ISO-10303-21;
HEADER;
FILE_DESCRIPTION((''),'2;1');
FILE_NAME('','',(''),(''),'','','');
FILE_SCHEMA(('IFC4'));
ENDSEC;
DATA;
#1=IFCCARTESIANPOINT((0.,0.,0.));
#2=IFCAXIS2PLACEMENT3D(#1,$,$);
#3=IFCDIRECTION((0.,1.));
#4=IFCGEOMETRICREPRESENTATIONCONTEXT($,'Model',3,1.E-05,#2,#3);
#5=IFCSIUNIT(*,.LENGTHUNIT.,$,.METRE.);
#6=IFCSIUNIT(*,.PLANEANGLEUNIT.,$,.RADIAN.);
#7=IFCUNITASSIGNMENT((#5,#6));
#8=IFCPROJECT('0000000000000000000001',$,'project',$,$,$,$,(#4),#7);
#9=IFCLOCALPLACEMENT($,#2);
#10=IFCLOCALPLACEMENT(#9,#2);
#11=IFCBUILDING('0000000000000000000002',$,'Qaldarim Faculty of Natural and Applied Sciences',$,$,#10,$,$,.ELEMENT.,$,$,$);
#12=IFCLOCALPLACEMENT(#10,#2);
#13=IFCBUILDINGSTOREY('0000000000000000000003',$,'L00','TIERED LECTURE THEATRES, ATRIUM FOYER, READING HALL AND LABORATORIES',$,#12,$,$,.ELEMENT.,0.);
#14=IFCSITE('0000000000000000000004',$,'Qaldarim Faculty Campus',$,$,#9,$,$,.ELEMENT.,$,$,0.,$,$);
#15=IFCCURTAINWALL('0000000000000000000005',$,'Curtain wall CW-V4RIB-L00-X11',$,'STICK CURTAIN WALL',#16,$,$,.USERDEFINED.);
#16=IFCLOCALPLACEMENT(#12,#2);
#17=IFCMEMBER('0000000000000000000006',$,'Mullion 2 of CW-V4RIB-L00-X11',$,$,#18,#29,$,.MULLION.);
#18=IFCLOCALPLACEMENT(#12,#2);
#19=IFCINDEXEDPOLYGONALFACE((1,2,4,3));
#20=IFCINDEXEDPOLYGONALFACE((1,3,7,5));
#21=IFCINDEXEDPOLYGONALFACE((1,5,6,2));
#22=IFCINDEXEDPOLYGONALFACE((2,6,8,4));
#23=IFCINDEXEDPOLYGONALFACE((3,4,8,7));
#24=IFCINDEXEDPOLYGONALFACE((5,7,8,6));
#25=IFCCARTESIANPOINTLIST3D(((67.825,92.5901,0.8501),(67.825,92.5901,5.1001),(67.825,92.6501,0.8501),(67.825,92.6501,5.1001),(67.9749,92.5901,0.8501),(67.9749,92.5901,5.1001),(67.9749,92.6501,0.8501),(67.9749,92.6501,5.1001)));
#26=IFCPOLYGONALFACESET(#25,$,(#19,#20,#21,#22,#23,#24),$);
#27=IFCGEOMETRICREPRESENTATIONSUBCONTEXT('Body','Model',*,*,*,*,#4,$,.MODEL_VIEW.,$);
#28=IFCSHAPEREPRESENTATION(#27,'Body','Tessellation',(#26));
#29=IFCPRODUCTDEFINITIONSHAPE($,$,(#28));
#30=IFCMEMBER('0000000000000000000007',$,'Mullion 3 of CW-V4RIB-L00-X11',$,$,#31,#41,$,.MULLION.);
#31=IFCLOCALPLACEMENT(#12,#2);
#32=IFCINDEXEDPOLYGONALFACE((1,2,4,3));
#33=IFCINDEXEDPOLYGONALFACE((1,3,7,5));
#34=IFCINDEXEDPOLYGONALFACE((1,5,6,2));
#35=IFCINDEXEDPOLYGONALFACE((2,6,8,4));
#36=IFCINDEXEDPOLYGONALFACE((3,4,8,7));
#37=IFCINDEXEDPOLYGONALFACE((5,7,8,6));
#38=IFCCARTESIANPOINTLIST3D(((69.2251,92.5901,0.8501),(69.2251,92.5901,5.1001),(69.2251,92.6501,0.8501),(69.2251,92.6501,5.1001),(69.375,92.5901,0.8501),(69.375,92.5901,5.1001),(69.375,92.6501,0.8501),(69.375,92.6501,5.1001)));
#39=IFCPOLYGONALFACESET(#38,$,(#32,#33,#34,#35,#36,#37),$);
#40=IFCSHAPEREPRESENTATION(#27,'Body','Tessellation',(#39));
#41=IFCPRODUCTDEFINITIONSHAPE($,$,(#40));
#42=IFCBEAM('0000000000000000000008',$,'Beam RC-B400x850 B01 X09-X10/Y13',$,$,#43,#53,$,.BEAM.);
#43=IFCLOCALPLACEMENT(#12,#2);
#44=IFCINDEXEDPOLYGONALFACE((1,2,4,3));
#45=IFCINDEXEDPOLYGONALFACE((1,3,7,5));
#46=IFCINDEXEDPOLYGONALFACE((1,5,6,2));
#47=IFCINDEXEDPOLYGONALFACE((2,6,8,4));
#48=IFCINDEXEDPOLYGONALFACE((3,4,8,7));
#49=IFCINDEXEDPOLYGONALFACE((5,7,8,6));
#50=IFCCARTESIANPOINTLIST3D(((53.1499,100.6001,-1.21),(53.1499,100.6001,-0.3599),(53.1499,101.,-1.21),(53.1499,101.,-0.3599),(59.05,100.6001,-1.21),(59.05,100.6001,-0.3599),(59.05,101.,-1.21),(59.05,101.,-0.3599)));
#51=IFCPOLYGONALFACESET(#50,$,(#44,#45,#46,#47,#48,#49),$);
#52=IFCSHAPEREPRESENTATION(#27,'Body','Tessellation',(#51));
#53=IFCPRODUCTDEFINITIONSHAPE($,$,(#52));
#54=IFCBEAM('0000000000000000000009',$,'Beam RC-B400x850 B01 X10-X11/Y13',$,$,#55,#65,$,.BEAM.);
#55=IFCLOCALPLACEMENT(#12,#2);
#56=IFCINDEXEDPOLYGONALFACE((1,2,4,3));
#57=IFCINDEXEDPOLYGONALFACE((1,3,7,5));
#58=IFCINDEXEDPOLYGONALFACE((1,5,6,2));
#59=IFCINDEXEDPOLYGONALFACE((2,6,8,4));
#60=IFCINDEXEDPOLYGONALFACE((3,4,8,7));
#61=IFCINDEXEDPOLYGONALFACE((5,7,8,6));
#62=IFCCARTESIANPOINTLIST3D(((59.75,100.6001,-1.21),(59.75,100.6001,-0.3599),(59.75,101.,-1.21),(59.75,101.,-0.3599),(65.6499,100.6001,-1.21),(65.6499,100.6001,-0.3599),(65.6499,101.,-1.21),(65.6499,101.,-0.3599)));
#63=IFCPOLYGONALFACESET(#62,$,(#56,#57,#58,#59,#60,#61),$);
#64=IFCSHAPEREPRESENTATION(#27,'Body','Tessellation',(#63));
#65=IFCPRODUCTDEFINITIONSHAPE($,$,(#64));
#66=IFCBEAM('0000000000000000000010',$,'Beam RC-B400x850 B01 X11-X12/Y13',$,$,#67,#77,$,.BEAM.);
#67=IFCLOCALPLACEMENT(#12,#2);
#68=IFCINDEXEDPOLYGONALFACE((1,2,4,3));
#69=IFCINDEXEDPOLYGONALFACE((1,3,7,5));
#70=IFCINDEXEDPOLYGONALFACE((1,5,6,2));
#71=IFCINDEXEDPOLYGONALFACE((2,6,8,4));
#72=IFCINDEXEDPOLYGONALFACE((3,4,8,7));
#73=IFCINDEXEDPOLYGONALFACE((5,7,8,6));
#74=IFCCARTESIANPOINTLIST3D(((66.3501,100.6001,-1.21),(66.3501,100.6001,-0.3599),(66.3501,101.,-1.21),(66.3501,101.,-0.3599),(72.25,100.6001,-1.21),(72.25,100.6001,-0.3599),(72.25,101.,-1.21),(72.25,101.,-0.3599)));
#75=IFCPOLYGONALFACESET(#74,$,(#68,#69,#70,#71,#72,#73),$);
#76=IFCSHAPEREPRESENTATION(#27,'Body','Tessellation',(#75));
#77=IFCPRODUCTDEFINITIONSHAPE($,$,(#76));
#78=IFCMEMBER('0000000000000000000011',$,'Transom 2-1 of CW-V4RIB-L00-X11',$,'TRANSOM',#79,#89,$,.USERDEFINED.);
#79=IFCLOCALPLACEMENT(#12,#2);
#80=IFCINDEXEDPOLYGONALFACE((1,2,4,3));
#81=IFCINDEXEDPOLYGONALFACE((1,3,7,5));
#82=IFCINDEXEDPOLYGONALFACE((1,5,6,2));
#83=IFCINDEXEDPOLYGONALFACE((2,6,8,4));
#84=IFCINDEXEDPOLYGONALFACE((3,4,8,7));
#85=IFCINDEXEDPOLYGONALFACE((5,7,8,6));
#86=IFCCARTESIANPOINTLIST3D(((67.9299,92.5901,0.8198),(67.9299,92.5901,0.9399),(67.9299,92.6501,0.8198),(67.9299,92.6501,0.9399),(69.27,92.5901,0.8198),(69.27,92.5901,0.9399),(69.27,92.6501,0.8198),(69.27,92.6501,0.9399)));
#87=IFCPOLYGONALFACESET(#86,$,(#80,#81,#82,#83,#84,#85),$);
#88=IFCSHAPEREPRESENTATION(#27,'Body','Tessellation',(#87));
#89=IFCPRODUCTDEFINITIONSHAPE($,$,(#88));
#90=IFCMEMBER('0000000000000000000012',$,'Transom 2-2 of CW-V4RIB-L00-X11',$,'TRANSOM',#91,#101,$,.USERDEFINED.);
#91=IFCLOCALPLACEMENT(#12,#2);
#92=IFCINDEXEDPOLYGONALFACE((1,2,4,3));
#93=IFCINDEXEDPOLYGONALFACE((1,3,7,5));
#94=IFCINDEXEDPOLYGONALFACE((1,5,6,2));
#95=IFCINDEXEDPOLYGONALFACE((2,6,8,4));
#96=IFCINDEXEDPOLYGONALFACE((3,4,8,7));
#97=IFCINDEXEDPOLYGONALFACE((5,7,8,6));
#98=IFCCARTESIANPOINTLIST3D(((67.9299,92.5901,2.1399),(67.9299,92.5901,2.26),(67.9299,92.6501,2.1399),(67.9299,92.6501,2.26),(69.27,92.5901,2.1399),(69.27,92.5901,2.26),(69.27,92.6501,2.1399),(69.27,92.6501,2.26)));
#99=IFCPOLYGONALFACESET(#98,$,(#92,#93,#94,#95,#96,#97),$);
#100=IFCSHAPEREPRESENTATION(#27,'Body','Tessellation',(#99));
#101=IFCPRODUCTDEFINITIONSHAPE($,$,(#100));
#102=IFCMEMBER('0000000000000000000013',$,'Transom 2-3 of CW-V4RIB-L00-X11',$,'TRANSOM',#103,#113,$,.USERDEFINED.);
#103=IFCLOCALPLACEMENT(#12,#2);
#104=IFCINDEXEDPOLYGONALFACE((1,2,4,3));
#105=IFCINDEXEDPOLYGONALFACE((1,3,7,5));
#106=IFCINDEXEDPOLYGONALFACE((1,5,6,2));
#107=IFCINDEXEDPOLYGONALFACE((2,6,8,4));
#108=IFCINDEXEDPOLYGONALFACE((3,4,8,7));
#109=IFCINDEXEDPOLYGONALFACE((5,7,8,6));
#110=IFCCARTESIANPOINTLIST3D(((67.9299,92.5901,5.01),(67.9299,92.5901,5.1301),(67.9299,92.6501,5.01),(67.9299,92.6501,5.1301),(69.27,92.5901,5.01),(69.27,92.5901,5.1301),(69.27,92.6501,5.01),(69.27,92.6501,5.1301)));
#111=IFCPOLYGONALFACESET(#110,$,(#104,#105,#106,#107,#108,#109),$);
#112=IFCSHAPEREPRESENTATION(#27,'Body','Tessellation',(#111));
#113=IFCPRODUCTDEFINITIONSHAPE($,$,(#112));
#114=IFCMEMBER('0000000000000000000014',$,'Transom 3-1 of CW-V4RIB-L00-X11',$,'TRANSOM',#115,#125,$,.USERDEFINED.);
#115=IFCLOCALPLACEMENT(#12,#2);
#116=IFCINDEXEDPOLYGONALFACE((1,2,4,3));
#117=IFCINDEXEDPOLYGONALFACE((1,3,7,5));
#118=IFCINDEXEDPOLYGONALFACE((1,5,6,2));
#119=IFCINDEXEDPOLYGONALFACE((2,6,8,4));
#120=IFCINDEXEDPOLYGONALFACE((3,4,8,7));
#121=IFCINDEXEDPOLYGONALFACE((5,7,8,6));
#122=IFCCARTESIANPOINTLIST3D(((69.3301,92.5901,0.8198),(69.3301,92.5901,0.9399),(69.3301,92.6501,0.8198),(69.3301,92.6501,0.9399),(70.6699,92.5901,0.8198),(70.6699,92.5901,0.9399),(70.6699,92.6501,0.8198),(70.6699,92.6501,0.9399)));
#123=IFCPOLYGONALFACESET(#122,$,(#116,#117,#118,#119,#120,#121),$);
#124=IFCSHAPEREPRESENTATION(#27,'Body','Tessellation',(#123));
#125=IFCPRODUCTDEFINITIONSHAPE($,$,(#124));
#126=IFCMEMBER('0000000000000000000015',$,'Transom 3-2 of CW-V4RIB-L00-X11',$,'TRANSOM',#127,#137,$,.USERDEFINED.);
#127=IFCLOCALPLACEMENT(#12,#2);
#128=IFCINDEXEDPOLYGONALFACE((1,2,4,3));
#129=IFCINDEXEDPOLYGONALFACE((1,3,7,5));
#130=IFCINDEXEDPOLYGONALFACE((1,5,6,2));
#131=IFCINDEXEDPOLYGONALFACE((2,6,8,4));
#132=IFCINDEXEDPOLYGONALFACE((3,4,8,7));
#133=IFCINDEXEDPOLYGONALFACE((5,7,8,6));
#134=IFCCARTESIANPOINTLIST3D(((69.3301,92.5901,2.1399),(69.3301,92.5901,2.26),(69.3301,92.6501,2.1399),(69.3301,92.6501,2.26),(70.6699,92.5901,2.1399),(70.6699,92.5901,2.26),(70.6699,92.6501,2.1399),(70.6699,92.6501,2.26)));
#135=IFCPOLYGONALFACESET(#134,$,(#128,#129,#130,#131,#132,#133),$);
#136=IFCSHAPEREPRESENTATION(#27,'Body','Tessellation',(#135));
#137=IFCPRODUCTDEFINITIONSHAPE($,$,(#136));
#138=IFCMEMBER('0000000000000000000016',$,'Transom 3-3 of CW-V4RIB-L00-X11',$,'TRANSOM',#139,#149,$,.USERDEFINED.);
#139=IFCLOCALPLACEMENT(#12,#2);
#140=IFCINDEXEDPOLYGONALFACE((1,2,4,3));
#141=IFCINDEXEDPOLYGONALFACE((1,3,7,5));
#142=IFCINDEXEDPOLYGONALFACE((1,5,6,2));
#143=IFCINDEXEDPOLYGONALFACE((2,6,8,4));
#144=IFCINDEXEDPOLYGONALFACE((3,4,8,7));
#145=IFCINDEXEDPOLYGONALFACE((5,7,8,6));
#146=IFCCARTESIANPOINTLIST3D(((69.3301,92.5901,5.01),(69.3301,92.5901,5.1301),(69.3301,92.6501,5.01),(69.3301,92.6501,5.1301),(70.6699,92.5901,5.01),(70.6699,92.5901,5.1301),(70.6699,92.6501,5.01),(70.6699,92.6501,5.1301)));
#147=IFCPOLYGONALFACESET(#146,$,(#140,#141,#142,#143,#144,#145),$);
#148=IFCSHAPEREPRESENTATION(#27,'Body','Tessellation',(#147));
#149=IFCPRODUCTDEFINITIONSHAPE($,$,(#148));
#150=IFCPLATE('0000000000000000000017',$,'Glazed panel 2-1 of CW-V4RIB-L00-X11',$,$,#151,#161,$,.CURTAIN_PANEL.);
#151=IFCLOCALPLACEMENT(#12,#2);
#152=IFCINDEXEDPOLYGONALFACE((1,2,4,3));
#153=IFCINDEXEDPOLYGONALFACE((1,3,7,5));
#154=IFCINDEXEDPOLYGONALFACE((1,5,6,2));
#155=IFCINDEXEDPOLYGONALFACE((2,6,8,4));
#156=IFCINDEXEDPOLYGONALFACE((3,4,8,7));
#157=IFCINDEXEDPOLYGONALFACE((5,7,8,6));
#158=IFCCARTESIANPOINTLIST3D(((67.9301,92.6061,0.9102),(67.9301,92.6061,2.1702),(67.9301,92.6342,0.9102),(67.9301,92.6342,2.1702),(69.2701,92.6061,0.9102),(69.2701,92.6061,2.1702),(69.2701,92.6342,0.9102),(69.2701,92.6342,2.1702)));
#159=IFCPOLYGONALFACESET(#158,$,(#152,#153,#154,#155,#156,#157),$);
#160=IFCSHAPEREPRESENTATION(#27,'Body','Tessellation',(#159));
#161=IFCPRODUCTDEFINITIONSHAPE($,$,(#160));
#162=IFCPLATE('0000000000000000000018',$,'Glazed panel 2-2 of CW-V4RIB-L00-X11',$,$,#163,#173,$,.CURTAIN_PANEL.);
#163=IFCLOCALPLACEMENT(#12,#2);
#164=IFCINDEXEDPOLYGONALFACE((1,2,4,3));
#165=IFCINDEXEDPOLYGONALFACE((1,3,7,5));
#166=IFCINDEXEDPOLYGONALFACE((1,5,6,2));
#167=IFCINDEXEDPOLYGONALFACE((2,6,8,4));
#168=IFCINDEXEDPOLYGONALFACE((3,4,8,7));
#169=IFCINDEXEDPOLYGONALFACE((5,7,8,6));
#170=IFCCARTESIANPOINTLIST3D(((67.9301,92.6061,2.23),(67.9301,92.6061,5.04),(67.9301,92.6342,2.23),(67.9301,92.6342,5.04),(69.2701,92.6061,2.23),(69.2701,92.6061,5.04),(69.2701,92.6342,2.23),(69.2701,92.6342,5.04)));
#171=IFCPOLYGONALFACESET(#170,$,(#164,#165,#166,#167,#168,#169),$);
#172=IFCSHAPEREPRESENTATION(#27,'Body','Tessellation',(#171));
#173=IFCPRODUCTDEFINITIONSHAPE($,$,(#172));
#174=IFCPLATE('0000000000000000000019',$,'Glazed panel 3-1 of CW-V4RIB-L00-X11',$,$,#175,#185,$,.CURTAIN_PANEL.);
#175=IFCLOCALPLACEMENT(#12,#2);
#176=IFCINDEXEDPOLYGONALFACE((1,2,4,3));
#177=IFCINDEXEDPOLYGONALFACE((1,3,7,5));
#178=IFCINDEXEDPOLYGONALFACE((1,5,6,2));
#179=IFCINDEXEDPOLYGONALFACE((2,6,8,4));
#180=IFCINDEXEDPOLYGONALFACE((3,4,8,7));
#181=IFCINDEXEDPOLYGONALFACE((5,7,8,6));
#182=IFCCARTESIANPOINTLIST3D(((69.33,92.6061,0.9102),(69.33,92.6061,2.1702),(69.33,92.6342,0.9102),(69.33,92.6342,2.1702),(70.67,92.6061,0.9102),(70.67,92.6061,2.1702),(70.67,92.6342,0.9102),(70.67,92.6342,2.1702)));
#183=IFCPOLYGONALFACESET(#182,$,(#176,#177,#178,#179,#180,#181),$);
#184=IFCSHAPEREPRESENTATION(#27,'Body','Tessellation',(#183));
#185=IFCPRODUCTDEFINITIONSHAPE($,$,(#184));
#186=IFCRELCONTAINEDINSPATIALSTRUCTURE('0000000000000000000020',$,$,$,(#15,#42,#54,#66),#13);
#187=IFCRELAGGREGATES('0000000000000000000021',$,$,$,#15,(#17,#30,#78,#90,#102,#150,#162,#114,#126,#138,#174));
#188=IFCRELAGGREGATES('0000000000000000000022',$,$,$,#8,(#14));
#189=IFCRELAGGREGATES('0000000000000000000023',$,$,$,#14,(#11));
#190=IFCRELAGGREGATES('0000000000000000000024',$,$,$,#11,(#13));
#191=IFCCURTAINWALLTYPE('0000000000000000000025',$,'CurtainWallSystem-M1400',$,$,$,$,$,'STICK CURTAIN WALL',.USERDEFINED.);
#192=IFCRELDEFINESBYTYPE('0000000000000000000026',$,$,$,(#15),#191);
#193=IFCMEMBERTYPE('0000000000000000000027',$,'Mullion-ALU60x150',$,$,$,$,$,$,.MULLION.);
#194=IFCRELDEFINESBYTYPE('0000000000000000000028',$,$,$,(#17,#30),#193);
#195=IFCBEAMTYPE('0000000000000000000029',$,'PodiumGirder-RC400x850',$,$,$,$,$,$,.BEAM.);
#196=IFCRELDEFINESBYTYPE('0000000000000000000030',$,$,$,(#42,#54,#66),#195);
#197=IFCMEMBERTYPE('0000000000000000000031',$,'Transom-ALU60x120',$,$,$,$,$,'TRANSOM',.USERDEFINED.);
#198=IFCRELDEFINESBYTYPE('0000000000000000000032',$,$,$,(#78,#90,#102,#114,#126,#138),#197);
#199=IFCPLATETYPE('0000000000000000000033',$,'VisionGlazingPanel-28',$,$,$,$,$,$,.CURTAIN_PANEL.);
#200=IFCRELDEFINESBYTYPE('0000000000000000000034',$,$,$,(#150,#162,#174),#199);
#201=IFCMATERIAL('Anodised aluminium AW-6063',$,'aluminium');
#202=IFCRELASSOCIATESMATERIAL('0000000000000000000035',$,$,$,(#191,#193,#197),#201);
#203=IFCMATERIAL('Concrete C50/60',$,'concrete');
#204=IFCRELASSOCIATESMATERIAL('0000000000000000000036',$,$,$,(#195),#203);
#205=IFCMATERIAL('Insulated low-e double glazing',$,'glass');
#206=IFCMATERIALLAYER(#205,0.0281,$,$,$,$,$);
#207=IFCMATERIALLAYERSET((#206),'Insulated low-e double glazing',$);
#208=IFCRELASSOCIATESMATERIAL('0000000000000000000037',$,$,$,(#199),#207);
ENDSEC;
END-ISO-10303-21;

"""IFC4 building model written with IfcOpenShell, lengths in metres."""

from ifc_helpers import new_model, si_unit, direction, frame, origin, origin_2d, place, context, subcontext, project, spatial, rectangle, extrude, material, layer, layer_set, material_profile, profile_set, type_object, element, aggregate, save


model = new_model("IFC4")

# Units and contexts
model_context = context("Model", 3, precision=1e-05, world=origin(), true_north=direction((0.0, 1.0)))
body_context = subcontext(model_context, "Body", "Model", "MODEL_VIEW")
ifc_project = project(units=[si_unit("LENGTHUNIT", "METRE"), si_unit("PLANEANGLEUNIT", "RADIAN")], contexts=[model_context])

# Site, building, storey
site_placement = place(None, origin())
site = spatial("IfcSite", under=ifc_project, at=site_placement, Name="Qaldarim Faculty Campus", CompositionType="ELEMENT", RefElevation=0.0)
building_placement = place(site_placement, origin())
building = spatial("IfcBuilding", under=site, at=building_placement, Name="Qaldarim Faculty of Natural and Applied Sciences", CompositionType="ELEMENT")
storey_placement = place(building_placement, origin())
storey = spatial("IfcBuildingStorey", under=building, at=storey_placement, Name="L00", Description="TIERED LECTURE THEATRES, ATRIUM FOYER, READING HALL AND LABORATORIES", CompositionType="ELEMENT", Elevation=0.0)

# Shared definitions
ifc_material_1 = material(Name="Concrete C50/60", Category="concrete")

# Curtain wall, members
ifc_material_2 = material(Name="Anodised aluminium AW-6063", Category="aluminium")
curtain_wall_type = type_object("IfcCurtainWallType", Name="CurtainWallSystem-M1400", ElementType="STICK CURTAIN WALL", PredefinedType="USERDEFINED", material=ifc_material_2)
curtain_wall_placement = place(storey_placement, origin())
curtain_wall = element("IfcCurtainWall", 1, at=curtain_wall_placement, inside=storey, type_object=curtain_wall_type, Name="Curtain wall CW-V4RIB-L00-X11", ObjectType="STICK CURTAIN WALL", PredefinedType="USERDEFINED")
ifc_material_profile_1 = material_profile(ifc_material_2, rectangle(XDim=0.0601, YDim=0.1499, at=origin_2d()), Name="ALU-M60x150")
ifc_profile_set_1 = profile_set([ifc_material_profile_1], Name="Anodised aluminium AW-6063")
member_type_1 = type_object("IfcMemberType", Name="Mullion-ALU60x150", PredefinedType="MULLION", material=ifc_profile_set_1)
member_1_placement = place(storey_placement, frame((67.8999, 92.6201, 0.8501), z_axis=(0.0, 0.0, 1.0), x_axis=(0.0, 1.0, 0.0)))
member_1 = element("IfcMember", 2, at=member_1_placement, type_object=member_type_1, Name="Mullion 2 of CW-V4RIB-L00-X11", PredefinedType="MULLION", context=body_context, shape_type="SweptSolid", body=[
    extrude(rectangle(XDim=0.0601, YDim=0.1499, at=origin_2d()), origin(), (0.0, 0.0, 1.0), 4.25),
])
member_2_placement = place(storey_placement, frame((69.3, 92.6201, 0.8501), z_axis=(0.0, 0.0, 1.0), x_axis=(0.0, 1.0, 0.0)))
member_2 = element("IfcMember", 3, at=member_2_placement, type_object=member_type_1, Name="Mullion 3 of CW-V4RIB-L00-X11", PredefinedType="MULLION", context=body_context, shape_type="SweptSolid", body=[
    extrude(rectangle(XDim=0.0601, YDim=0.1499, at=origin_2d()), origin(), (0.0, 0.0, 1.0), 4.25),
])

# Beams
ifc_material_profile_2 = material_profile(ifc_material_1, rectangle(XDim=0.3999, YDim=0.8501, at=origin_2d()), Name="RC-B400x850")
ifc_profile_set_2 = profile_set([ifc_material_profile_2], Name="Concrete C50/60")
beam_type_1 = type_object("IfcBeamType", Name="PodiumGirder-RC400x850", PredefinedType="BEAM", material=ifc_profile_set_2)
beam_1_placement = place(storey_placement, frame((53.1499, 100.8, -0.7849), z_axis=(1.0, 0.0, 0.0), x_axis=(0.0, 1.0, 0.0)))
element("IfcBeam", 4, at=beam_1_placement, inside=storey, type_object=beam_type_1, Name="Beam RC-B400x850 B01 X09-X10/Y13", PredefinedType="BEAM", context=body_context, shape_type="SweptSolid", body=[
    extrude(rectangle(XDim=0.3999, YDim=0.8501, at=origin_2d()), origin(), (0.0, 0.0, 1.0), 5.9001),
])
for number, where, z_axis, x_axis, name in (
    (5, (59.75, 100.8, -0.7849), (1.0, 0.0, 0.0), (0.0, 1.0, 0.0), "Beam RC-B400x850 B01 X10-X11/Y13"),
    (6, (66.3501, 100.8, -0.7849), (1.0, 0.0, 0.0), (0.0, 1.0, 0.0), "Beam RC-B400x850 B01 X11-X12/Y13"),
):
    element("IfcBeam", number, at=place(storey_placement, frame(where, z_axis=z_axis, x_axis=x_axis)), inside=storey, type_object=beam_type_1, Name=name, PredefinedType="BEAM", context=body_context, shape_type="SweptSolid", body=[
        extrude(rectangle(XDim=0.3999, YDim=0.8501, at=origin_2d()), origin(), (0.0, 0.0, 1.0), 5.8999),
    ])

# Members
ifc_material_profile_3 = material_profile(ifc_material_2, rectangle(XDim=0.0601, YDim=0.1201, at=origin_2d()), Name="ALU-T60x120")
ifc_profile_set_3 = profile_set([ifc_material_profile_3], Name="Anodised aluminium AW-6063")
member_type_2 = type_object("IfcMemberType", Name="Transom-ALU60x120", ElementType="TRANSOM", PredefinedType="USERDEFINED", material=ifc_profile_set_3)
member_3_placement = place(storey_placement, frame((67.9299, 92.6201, 0.8799), z_axis=(1.0, 0.0, 0.0), x_axis=(0.0, 1.0, 0.0)))
member_3 = element("IfcMember", 7, at=member_3_placement, type_object=member_type_2, Name="Transom 2-1 of CW-V4RIB-L00-X11", ObjectType="TRANSOM", PredefinedType="USERDEFINED", context=body_context, shape_type="SweptSolid", body=[
    extrude(rectangle(XDim=0.0601, YDim=0.1201, at=origin_2d()), origin(), (0.0, 0.0, 1.0), 1.3401),
])
member_4_placement = place(storey_placement, frame((67.9299, 92.6201, 2.2), z_axis=(1.0, 0.0, 0.0), x_axis=(0.0, 1.0, 0.0)))
member_4 = element("IfcMember", 8, at=member_4_placement, type_object=member_type_2, Name="Transom 2-2 of CW-V4RIB-L00-X11", ObjectType="TRANSOM", PredefinedType="USERDEFINED", context=body_context, shape_type="SweptSolid", body=[
    extrude(rectangle(XDim=0.0601, YDim=0.1201, at=origin_2d()), origin(), (0.0, 0.0, 1.0), 1.3401),
])
member_5_placement = place(storey_placement, frame((67.9299, 92.6201, 5.0701), z_axis=(1.0, 0.0, 0.0), x_axis=(0.0, 1.0, 0.0)))
member_5 = element("IfcMember", 9, at=member_5_placement, type_object=member_type_2, Name="Transom 2-3 of CW-V4RIB-L00-X11", ObjectType="TRANSOM", PredefinedType="USERDEFINED", context=body_context, shape_type="SweptSolid", body=[
    extrude(rectangle(XDim=0.0601, YDim=0.1201, at=origin_2d()), origin(), (0.0, 0.0, 1.0), 1.3401),
])
member_6_placement = place(storey_placement, frame((69.3301, 92.6201, 0.8799), z_axis=(1.0, 0.0, 0.0), x_axis=(0.0, 1.0, 0.0)))
member_6 = element("IfcMember", 10, at=member_6_placement, type_object=member_type_2, Name="Transom 3-1 of CW-V4RIB-L00-X11", ObjectType="TRANSOM", PredefinedType="USERDEFINED", context=body_context, shape_type="SweptSolid", body=[
    extrude(rectangle(XDim=0.0601, YDim=0.1201, at=origin_2d()), origin(), (0.0, 0.0, 1.0), 1.3398),
])
member_7_placement = place(storey_placement, frame((69.3301, 92.6201, 2.2), z_axis=(1.0, 0.0, 0.0), x_axis=(0.0, 1.0, 0.0)))
member_7 = element("IfcMember", 11, at=member_7_placement, type_object=member_type_2, Name="Transom 3-2 of CW-V4RIB-L00-X11", ObjectType="TRANSOM", PredefinedType="USERDEFINED", context=body_context, shape_type="SweptSolid", body=[
    extrude(rectangle(XDim=0.0601, YDim=0.1201, at=origin_2d()), origin(), (0.0, 0.0, 1.0), 1.3398),
])
member_8_placement = place(storey_placement, frame((69.3301, 92.6201, 5.0701), z_axis=(1.0, 0.0, 0.0), x_axis=(0.0, 1.0, 0.0)))
member_8 = element("IfcMember", 12, at=member_8_placement, type_object=member_type_2, Name="Transom 3-3 of CW-V4RIB-L00-X11", ObjectType="TRANSOM", PredefinedType="USERDEFINED", context=body_context, shape_type="SweptSolid", body=[
    extrude(rectangle(XDim=0.0601, YDim=0.1201, at=origin_2d()), origin(), (0.0, 0.0, 1.0), 1.3398),
])

# Plates
ifc_material_3 = material(Name="Insulated low-e double glazing", Category="glass")
ifc_layer_1 = layer(ifc_material_3, 0.0281)
ifc_layer_set_1 = layer_set([ifc_layer_1], Name="Insulated low-e double glazing")
plate_type = type_object("IfcPlateType", Name="VisionGlazingPanel-28", PredefinedType="CURTAIN_PANEL", material=ifc_layer_set_1)
plate_1_placement = place(storey_placement, frame((68.6001, 92.6201, 0.9102), z_axis=(0.0, 0.0, 1.0), x_axis=(1.0, 0.0, 0.0)))
plate_1 = element("IfcPlate", 13, at=plate_1_placement, type_object=plate_type, Name="Glazed panel 2-1 of CW-V4RIB-L00-X11", PredefinedType="CURTAIN_PANEL", context=body_context, shape_type="SweptSolid", body=[
    extrude(rectangle(XDim=1.3401, YDim=0.0281, at=origin_2d()), origin(), (0.0, 0.0, 1.0), 1.26),
])
plate_2_placement = place(storey_placement, frame((68.6001, 92.6201, 2.23), z_axis=(0.0, 0.0, 1.0), x_axis=(1.0, 0.0, 0.0)))
plate_2 = element("IfcPlate", 14, at=plate_2_placement, type_object=plate_type, Name="Glazed panel 2-2 of CW-V4RIB-L00-X11", PredefinedType="CURTAIN_PANEL", context=body_context, shape_type="SweptSolid", body=[
    extrude(rectangle(XDim=1.3401, YDim=0.0281, at=origin_2d()), origin(), (0.0, 0.0, 1.0), 2.8101),
])
plate_3_placement = place(storey_placement, frame((70.0, 92.6201, 0.9102), z_axis=(0.0, 0.0, 1.0), x_axis=(1.0, 0.0, 0.0)))
plate_3 = element("IfcPlate", 15, at=plate_3_placement, type_object=plate_type, Name="Glazed panel 3-1 of CW-V4RIB-L00-X11", PredefinedType="CURTAIN_PANEL", context=body_context, shape_type="SweptSolid", body=[
    extrude(rectangle(XDim=1.3401, YDim=0.0281, at=origin_2d()), origin(), (0.0, 0.0, 1.0), 1.26),
])
aggregate(curtain_wall, [member_1, member_2, member_3, member_4, member_5, plate_1, plate_2, member_6, member_7, member_8, plate_3])

save(model, "model.ifc")
